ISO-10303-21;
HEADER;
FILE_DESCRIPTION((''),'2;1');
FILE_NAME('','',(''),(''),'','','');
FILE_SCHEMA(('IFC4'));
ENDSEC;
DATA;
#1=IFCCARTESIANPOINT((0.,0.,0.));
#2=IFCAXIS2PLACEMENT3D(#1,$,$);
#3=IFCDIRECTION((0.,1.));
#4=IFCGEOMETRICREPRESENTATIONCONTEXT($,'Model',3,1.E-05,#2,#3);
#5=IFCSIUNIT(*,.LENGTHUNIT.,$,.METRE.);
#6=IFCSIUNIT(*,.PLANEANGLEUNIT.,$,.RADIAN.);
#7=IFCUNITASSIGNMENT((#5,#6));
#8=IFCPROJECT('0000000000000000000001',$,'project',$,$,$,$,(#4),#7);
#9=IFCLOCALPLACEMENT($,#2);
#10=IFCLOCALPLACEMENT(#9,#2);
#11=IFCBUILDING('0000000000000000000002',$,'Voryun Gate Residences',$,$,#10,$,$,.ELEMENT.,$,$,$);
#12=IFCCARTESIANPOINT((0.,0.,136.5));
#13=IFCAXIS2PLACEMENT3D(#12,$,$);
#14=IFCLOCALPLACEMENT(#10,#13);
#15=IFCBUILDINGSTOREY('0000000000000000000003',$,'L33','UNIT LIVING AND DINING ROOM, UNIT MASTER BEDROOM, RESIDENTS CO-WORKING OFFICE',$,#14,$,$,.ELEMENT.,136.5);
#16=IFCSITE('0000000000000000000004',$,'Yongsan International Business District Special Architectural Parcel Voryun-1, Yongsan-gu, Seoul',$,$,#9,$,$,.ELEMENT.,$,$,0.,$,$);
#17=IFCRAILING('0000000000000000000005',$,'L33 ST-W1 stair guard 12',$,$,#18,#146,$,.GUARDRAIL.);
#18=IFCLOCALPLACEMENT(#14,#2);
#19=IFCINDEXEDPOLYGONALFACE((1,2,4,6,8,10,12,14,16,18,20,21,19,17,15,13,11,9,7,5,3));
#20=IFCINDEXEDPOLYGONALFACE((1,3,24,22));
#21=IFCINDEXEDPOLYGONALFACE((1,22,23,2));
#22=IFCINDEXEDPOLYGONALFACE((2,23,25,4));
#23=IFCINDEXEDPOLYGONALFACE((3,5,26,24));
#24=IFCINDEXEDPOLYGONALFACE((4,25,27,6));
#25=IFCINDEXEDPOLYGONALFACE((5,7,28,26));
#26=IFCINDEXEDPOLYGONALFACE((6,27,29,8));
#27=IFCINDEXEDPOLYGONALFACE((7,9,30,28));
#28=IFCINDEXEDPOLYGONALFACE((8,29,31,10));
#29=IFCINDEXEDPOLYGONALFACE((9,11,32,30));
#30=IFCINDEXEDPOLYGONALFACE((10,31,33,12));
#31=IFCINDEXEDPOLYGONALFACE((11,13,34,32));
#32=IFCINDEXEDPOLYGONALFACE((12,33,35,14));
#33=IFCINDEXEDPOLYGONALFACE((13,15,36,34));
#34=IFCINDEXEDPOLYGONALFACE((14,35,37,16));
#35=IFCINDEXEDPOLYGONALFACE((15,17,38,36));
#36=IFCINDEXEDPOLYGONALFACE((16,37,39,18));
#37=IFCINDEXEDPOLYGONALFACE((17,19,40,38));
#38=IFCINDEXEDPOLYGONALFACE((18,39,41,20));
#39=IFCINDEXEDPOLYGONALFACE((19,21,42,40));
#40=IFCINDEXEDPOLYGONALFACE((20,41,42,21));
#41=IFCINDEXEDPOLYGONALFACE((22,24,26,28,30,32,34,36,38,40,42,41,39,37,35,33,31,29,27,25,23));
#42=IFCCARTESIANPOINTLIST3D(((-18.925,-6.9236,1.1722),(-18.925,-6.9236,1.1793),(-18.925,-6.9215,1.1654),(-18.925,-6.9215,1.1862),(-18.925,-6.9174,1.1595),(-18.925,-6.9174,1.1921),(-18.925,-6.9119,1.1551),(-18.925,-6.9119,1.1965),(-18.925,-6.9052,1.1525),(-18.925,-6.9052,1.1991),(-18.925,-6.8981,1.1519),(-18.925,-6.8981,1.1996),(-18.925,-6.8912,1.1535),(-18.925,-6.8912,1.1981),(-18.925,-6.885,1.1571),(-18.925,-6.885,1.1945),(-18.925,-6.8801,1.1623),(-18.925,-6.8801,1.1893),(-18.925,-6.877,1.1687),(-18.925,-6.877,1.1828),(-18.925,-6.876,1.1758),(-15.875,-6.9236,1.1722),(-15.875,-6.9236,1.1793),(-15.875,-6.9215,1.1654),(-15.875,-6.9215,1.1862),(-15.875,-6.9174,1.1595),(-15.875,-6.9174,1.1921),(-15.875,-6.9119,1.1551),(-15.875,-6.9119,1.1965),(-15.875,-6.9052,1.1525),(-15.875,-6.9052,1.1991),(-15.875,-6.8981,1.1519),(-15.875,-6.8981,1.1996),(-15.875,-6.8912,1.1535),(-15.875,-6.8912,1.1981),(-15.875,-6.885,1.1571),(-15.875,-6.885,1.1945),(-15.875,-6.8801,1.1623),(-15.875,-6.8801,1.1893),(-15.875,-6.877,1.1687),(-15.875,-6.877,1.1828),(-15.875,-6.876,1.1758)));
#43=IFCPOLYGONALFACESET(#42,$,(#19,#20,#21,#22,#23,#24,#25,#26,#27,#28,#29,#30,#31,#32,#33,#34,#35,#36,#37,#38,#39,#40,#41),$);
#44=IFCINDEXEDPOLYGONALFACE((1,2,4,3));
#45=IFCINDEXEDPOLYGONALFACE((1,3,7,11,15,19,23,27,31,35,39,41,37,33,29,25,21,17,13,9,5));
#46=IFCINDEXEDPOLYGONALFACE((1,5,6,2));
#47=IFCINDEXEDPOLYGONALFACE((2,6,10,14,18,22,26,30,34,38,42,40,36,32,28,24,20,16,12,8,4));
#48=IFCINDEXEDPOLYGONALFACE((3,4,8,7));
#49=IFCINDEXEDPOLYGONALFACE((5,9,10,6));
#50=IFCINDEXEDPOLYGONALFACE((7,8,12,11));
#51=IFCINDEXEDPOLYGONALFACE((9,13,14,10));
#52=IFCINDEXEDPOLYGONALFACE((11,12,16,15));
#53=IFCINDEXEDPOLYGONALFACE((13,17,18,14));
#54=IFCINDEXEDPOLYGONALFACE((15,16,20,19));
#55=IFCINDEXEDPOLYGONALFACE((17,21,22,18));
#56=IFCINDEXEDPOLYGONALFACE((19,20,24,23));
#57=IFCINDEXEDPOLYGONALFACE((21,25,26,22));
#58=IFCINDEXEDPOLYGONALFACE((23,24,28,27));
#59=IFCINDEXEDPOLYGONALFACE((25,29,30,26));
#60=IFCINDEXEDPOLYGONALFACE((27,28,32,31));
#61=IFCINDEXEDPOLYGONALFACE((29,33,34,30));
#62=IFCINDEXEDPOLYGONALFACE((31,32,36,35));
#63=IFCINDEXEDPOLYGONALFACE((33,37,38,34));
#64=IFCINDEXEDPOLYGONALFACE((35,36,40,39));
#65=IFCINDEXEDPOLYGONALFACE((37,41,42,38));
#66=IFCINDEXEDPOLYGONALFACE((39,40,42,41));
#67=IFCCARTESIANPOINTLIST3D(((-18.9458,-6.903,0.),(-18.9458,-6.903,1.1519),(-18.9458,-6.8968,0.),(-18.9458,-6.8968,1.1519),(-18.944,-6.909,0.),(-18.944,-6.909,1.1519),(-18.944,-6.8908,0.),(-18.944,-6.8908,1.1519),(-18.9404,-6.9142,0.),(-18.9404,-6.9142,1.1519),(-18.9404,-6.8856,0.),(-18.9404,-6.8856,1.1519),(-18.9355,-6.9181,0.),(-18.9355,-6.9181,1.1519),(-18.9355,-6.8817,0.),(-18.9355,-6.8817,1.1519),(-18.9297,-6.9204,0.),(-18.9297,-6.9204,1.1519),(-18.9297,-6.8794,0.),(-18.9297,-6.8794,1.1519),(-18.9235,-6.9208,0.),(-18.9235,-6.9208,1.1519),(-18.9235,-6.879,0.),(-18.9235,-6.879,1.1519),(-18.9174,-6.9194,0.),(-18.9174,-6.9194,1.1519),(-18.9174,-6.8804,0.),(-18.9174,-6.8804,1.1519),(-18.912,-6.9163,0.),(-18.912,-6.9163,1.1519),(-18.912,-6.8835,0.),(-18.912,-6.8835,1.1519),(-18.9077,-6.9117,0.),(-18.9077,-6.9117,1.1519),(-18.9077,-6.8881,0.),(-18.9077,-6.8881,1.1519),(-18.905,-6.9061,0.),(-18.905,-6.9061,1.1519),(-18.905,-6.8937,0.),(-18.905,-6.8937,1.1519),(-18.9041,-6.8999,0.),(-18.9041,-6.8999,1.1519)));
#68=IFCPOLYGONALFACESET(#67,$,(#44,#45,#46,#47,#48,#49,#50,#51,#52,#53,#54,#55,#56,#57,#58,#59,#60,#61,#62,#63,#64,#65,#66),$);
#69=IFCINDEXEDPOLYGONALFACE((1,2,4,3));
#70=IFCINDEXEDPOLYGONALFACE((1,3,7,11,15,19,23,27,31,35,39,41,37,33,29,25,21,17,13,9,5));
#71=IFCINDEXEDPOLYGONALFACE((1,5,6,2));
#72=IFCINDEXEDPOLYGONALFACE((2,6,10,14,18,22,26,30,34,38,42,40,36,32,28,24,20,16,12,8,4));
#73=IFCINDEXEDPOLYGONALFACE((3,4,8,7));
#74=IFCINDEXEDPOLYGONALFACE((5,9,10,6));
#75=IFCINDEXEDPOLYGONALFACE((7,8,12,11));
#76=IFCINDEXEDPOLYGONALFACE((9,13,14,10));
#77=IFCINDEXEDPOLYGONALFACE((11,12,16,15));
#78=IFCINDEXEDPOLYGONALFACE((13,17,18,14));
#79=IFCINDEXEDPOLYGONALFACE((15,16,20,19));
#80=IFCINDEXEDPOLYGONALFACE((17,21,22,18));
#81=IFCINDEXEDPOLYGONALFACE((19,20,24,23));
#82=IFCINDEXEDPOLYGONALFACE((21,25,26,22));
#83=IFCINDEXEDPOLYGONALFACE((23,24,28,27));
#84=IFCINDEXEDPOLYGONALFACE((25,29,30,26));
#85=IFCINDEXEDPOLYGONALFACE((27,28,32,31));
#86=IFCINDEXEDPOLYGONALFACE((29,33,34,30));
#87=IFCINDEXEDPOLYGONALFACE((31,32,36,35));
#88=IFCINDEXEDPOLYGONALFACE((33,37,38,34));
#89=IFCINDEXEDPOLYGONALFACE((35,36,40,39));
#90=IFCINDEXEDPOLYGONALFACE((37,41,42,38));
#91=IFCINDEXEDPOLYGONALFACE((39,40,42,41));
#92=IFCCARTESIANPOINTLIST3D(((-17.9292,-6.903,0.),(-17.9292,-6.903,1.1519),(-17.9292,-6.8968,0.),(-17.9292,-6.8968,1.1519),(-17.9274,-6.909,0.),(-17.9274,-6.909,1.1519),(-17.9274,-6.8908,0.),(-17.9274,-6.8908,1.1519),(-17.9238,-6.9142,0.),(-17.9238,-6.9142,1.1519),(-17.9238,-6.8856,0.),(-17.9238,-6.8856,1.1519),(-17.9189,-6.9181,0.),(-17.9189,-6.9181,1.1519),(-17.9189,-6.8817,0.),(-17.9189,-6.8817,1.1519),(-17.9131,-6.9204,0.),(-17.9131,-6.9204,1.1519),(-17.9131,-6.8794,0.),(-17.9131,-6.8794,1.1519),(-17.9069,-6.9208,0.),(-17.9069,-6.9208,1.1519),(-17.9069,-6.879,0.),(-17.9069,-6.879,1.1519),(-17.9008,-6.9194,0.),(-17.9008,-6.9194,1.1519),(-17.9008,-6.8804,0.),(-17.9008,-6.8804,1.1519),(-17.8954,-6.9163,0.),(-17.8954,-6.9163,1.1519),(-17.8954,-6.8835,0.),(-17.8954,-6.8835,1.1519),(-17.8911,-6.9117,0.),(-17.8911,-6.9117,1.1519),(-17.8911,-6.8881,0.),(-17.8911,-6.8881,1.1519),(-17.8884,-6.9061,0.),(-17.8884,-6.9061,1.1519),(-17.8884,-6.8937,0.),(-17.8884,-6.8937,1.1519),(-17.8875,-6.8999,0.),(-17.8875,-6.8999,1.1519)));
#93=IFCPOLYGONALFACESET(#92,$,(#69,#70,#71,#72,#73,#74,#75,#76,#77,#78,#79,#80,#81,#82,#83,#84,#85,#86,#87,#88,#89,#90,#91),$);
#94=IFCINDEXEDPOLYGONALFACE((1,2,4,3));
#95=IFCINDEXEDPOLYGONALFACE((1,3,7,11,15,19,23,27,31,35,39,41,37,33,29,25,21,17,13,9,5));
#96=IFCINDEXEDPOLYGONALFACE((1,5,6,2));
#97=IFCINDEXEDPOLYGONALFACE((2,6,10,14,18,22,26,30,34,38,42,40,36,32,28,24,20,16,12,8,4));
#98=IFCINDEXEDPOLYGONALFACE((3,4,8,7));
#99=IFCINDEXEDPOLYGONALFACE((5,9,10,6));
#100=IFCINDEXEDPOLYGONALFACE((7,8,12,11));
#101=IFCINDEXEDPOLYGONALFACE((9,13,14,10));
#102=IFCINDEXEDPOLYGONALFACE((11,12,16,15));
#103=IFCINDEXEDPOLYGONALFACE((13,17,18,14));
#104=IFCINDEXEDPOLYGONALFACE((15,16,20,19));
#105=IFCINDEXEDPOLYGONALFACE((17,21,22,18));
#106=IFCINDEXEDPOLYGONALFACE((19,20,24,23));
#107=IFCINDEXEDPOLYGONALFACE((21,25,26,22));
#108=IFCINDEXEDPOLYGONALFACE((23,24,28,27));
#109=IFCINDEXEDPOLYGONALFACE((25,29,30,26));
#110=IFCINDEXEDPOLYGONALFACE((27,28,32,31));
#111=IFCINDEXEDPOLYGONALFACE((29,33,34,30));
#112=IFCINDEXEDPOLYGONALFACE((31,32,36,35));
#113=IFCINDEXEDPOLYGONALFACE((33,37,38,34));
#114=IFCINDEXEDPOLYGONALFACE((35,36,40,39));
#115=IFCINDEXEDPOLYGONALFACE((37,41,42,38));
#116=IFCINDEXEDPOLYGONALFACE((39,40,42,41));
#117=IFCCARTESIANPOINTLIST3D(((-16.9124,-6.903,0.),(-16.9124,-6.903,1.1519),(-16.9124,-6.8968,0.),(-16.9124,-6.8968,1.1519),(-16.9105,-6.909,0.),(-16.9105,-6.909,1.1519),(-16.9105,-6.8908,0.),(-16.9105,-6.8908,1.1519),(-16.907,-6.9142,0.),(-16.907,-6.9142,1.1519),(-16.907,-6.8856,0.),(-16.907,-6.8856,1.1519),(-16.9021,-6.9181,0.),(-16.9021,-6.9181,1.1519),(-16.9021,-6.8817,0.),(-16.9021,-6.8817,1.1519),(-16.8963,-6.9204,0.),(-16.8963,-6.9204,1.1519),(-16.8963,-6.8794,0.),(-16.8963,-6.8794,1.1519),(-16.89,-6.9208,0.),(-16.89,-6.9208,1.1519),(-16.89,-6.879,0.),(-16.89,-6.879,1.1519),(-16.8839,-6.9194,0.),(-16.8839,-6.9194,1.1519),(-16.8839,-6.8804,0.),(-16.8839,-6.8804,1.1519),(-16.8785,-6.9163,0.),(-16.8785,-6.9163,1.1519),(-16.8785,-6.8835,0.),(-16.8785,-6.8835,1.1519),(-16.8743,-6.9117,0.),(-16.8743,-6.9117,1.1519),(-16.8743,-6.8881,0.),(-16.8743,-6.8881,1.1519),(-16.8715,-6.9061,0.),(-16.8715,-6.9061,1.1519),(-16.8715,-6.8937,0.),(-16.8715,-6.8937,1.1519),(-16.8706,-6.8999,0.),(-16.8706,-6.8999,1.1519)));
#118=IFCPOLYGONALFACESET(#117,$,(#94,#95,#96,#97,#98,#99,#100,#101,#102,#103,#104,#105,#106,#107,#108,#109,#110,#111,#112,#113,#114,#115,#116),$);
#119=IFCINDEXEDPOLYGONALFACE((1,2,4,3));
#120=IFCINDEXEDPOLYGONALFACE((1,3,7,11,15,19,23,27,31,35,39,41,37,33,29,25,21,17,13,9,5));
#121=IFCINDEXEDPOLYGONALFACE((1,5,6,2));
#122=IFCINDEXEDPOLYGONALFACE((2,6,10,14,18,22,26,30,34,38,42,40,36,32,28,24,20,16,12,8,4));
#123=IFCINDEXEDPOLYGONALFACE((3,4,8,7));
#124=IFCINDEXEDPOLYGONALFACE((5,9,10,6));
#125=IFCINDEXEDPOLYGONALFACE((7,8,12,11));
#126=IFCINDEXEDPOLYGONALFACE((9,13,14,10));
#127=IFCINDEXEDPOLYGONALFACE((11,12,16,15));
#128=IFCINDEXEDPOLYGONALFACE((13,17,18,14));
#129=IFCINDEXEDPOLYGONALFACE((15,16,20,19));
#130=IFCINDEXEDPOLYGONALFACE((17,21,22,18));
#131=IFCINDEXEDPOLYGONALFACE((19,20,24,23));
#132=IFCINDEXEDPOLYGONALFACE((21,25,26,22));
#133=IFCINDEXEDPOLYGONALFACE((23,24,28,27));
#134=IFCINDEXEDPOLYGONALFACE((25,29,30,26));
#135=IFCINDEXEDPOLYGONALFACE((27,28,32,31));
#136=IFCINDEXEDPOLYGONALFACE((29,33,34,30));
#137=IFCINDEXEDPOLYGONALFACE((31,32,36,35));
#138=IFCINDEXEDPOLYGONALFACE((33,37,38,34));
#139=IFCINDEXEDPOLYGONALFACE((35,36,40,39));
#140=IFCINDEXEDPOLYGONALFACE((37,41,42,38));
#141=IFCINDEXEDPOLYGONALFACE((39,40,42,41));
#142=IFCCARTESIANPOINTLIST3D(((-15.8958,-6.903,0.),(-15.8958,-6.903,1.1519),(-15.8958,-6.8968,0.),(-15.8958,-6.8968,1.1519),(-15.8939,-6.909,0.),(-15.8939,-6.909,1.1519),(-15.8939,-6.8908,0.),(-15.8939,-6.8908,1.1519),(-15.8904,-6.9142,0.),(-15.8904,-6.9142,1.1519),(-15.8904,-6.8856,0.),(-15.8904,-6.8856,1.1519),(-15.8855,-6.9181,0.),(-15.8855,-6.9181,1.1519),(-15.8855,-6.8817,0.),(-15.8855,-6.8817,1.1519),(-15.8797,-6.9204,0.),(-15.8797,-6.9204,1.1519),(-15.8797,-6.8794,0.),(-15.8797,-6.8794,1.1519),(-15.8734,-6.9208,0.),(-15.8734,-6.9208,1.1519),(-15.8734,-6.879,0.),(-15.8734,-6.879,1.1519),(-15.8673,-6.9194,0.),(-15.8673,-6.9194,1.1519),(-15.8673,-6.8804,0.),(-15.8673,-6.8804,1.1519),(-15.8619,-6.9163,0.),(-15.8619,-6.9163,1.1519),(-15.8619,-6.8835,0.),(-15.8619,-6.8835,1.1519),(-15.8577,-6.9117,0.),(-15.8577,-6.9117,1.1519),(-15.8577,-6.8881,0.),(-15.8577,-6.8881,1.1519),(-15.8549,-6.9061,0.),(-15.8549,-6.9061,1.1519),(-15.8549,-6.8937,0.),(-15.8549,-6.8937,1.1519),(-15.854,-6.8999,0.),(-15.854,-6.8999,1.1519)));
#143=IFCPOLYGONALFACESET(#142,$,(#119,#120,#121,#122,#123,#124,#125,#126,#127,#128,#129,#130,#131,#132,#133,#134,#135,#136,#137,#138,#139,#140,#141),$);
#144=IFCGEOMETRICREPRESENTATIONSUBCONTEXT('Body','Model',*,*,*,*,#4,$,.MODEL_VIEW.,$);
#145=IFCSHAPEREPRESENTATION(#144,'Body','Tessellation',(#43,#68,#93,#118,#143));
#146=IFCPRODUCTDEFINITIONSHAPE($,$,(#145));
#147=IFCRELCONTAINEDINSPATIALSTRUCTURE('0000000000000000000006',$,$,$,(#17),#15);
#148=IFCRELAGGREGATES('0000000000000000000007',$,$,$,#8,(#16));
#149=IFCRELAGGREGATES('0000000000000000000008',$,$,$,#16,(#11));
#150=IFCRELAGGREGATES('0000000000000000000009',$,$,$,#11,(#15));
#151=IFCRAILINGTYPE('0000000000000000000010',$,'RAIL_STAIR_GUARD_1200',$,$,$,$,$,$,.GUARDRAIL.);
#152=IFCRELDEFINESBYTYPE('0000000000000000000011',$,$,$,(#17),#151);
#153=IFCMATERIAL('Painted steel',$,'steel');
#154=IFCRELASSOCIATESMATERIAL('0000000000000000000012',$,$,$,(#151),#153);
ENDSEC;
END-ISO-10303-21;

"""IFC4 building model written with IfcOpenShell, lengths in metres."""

from ifc_helpers import new_model, si_unit, direction, frame, origin, origin_2d, place, context, subcontext, project, spatial, circle, extrude, material, type_object, element, save


model = new_model("IFC4")

# Units and contexts
model_context = context("Model", 3, precision=1e-05, world=origin(), true_north=direction((0.0, 1.0)))
body_context = subcontext(model_context, "Body", "Model", "MODEL_VIEW")
ifc_project = project(units=[si_unit("LENGTHUNIT", "METRE"), si_unit("PLANEANGLEUNIT", "RADIAN")], contexts=[model_context])

# Site, building, storey
site_placement = place(None, origin())
site = spatial("IfcSite", under=ifc_project, at=site_placement, Name="Yongsan International Business District Special Architectural Parcel Voryun-1, Yongsan-gu, Seoul", CompositionType="ELEMENT", RefElevation=0.0)
building_placement = place(site_placement, origin())
building = spatial("IfcBuilding", under=site, at=building_placement, Name="Voryun Gate Residences", CompositionType="ELEMENT")
storey_placement = place(building_placement, frame((0.0, 0.0, 136.5)))
storey = spatial("IfcBuildingStorey", under=building, at=storey_placement, Name="L33", Description="UNIT LIVING AND DINING ROOM, UNIT MASTER BEDROOM, RESIDENTS CO-WORKING OFFICE", CompositionType="ELEMENT", Elevation=136.5)

# Railing
ifc_material_1 = material(Name="Painted steel", Category="steel")
railing_type_1 = type_object("IfcRailingType", Name="RAIL_STAIR_GUARD_1200", PredefinedType="GUARDRAIL", material=ifc_material_1)
railing_1_placement = place(storey_placement, frame((-18.925, -6.8999, 0.0)))
element("IfcRailing", 1, at=railing_1_placement, inside=storey, type_object=railing_type_1, Name="L33 ST-W1 stair guard 12", PredefinedType="GUARDRAIL", context=body_context, shape_type="SweptSolid", body=[
    extrude(circle(Radius=0.0239, at=origin_2d()), frame((0.0, 0.0, 1.1758), z_axis=(1.0, 0.0, 0.0), x_axis=(0.0, 1.0, 0.0)), (0.0, 0.0, 1.0), 3.05),
    extrude(circle(Radius=0.021, at=origin_2d()), origin(), (0.0, 0.0, 1.0), 1.1519),
    extrude(circle(Radius=0.021, at=origin_2d()), frame((1.0166, 0.0, 0.0)), (0.0, 0.0, 1.0), 1.1519),
    extrude(circle(Radius=0.021, at=origin_2d()), frame((2.0334, 0.0, 0.0)), (0.0, 0.0, 1.0), 1.1519),
    extrude(circle(Radius=0.021, at=origin_2d()), frame((3.05, 0.0, 0.0)), (0.0, 0.0, 1.0), 1.1519),
])

save(model, "model.ifc")
